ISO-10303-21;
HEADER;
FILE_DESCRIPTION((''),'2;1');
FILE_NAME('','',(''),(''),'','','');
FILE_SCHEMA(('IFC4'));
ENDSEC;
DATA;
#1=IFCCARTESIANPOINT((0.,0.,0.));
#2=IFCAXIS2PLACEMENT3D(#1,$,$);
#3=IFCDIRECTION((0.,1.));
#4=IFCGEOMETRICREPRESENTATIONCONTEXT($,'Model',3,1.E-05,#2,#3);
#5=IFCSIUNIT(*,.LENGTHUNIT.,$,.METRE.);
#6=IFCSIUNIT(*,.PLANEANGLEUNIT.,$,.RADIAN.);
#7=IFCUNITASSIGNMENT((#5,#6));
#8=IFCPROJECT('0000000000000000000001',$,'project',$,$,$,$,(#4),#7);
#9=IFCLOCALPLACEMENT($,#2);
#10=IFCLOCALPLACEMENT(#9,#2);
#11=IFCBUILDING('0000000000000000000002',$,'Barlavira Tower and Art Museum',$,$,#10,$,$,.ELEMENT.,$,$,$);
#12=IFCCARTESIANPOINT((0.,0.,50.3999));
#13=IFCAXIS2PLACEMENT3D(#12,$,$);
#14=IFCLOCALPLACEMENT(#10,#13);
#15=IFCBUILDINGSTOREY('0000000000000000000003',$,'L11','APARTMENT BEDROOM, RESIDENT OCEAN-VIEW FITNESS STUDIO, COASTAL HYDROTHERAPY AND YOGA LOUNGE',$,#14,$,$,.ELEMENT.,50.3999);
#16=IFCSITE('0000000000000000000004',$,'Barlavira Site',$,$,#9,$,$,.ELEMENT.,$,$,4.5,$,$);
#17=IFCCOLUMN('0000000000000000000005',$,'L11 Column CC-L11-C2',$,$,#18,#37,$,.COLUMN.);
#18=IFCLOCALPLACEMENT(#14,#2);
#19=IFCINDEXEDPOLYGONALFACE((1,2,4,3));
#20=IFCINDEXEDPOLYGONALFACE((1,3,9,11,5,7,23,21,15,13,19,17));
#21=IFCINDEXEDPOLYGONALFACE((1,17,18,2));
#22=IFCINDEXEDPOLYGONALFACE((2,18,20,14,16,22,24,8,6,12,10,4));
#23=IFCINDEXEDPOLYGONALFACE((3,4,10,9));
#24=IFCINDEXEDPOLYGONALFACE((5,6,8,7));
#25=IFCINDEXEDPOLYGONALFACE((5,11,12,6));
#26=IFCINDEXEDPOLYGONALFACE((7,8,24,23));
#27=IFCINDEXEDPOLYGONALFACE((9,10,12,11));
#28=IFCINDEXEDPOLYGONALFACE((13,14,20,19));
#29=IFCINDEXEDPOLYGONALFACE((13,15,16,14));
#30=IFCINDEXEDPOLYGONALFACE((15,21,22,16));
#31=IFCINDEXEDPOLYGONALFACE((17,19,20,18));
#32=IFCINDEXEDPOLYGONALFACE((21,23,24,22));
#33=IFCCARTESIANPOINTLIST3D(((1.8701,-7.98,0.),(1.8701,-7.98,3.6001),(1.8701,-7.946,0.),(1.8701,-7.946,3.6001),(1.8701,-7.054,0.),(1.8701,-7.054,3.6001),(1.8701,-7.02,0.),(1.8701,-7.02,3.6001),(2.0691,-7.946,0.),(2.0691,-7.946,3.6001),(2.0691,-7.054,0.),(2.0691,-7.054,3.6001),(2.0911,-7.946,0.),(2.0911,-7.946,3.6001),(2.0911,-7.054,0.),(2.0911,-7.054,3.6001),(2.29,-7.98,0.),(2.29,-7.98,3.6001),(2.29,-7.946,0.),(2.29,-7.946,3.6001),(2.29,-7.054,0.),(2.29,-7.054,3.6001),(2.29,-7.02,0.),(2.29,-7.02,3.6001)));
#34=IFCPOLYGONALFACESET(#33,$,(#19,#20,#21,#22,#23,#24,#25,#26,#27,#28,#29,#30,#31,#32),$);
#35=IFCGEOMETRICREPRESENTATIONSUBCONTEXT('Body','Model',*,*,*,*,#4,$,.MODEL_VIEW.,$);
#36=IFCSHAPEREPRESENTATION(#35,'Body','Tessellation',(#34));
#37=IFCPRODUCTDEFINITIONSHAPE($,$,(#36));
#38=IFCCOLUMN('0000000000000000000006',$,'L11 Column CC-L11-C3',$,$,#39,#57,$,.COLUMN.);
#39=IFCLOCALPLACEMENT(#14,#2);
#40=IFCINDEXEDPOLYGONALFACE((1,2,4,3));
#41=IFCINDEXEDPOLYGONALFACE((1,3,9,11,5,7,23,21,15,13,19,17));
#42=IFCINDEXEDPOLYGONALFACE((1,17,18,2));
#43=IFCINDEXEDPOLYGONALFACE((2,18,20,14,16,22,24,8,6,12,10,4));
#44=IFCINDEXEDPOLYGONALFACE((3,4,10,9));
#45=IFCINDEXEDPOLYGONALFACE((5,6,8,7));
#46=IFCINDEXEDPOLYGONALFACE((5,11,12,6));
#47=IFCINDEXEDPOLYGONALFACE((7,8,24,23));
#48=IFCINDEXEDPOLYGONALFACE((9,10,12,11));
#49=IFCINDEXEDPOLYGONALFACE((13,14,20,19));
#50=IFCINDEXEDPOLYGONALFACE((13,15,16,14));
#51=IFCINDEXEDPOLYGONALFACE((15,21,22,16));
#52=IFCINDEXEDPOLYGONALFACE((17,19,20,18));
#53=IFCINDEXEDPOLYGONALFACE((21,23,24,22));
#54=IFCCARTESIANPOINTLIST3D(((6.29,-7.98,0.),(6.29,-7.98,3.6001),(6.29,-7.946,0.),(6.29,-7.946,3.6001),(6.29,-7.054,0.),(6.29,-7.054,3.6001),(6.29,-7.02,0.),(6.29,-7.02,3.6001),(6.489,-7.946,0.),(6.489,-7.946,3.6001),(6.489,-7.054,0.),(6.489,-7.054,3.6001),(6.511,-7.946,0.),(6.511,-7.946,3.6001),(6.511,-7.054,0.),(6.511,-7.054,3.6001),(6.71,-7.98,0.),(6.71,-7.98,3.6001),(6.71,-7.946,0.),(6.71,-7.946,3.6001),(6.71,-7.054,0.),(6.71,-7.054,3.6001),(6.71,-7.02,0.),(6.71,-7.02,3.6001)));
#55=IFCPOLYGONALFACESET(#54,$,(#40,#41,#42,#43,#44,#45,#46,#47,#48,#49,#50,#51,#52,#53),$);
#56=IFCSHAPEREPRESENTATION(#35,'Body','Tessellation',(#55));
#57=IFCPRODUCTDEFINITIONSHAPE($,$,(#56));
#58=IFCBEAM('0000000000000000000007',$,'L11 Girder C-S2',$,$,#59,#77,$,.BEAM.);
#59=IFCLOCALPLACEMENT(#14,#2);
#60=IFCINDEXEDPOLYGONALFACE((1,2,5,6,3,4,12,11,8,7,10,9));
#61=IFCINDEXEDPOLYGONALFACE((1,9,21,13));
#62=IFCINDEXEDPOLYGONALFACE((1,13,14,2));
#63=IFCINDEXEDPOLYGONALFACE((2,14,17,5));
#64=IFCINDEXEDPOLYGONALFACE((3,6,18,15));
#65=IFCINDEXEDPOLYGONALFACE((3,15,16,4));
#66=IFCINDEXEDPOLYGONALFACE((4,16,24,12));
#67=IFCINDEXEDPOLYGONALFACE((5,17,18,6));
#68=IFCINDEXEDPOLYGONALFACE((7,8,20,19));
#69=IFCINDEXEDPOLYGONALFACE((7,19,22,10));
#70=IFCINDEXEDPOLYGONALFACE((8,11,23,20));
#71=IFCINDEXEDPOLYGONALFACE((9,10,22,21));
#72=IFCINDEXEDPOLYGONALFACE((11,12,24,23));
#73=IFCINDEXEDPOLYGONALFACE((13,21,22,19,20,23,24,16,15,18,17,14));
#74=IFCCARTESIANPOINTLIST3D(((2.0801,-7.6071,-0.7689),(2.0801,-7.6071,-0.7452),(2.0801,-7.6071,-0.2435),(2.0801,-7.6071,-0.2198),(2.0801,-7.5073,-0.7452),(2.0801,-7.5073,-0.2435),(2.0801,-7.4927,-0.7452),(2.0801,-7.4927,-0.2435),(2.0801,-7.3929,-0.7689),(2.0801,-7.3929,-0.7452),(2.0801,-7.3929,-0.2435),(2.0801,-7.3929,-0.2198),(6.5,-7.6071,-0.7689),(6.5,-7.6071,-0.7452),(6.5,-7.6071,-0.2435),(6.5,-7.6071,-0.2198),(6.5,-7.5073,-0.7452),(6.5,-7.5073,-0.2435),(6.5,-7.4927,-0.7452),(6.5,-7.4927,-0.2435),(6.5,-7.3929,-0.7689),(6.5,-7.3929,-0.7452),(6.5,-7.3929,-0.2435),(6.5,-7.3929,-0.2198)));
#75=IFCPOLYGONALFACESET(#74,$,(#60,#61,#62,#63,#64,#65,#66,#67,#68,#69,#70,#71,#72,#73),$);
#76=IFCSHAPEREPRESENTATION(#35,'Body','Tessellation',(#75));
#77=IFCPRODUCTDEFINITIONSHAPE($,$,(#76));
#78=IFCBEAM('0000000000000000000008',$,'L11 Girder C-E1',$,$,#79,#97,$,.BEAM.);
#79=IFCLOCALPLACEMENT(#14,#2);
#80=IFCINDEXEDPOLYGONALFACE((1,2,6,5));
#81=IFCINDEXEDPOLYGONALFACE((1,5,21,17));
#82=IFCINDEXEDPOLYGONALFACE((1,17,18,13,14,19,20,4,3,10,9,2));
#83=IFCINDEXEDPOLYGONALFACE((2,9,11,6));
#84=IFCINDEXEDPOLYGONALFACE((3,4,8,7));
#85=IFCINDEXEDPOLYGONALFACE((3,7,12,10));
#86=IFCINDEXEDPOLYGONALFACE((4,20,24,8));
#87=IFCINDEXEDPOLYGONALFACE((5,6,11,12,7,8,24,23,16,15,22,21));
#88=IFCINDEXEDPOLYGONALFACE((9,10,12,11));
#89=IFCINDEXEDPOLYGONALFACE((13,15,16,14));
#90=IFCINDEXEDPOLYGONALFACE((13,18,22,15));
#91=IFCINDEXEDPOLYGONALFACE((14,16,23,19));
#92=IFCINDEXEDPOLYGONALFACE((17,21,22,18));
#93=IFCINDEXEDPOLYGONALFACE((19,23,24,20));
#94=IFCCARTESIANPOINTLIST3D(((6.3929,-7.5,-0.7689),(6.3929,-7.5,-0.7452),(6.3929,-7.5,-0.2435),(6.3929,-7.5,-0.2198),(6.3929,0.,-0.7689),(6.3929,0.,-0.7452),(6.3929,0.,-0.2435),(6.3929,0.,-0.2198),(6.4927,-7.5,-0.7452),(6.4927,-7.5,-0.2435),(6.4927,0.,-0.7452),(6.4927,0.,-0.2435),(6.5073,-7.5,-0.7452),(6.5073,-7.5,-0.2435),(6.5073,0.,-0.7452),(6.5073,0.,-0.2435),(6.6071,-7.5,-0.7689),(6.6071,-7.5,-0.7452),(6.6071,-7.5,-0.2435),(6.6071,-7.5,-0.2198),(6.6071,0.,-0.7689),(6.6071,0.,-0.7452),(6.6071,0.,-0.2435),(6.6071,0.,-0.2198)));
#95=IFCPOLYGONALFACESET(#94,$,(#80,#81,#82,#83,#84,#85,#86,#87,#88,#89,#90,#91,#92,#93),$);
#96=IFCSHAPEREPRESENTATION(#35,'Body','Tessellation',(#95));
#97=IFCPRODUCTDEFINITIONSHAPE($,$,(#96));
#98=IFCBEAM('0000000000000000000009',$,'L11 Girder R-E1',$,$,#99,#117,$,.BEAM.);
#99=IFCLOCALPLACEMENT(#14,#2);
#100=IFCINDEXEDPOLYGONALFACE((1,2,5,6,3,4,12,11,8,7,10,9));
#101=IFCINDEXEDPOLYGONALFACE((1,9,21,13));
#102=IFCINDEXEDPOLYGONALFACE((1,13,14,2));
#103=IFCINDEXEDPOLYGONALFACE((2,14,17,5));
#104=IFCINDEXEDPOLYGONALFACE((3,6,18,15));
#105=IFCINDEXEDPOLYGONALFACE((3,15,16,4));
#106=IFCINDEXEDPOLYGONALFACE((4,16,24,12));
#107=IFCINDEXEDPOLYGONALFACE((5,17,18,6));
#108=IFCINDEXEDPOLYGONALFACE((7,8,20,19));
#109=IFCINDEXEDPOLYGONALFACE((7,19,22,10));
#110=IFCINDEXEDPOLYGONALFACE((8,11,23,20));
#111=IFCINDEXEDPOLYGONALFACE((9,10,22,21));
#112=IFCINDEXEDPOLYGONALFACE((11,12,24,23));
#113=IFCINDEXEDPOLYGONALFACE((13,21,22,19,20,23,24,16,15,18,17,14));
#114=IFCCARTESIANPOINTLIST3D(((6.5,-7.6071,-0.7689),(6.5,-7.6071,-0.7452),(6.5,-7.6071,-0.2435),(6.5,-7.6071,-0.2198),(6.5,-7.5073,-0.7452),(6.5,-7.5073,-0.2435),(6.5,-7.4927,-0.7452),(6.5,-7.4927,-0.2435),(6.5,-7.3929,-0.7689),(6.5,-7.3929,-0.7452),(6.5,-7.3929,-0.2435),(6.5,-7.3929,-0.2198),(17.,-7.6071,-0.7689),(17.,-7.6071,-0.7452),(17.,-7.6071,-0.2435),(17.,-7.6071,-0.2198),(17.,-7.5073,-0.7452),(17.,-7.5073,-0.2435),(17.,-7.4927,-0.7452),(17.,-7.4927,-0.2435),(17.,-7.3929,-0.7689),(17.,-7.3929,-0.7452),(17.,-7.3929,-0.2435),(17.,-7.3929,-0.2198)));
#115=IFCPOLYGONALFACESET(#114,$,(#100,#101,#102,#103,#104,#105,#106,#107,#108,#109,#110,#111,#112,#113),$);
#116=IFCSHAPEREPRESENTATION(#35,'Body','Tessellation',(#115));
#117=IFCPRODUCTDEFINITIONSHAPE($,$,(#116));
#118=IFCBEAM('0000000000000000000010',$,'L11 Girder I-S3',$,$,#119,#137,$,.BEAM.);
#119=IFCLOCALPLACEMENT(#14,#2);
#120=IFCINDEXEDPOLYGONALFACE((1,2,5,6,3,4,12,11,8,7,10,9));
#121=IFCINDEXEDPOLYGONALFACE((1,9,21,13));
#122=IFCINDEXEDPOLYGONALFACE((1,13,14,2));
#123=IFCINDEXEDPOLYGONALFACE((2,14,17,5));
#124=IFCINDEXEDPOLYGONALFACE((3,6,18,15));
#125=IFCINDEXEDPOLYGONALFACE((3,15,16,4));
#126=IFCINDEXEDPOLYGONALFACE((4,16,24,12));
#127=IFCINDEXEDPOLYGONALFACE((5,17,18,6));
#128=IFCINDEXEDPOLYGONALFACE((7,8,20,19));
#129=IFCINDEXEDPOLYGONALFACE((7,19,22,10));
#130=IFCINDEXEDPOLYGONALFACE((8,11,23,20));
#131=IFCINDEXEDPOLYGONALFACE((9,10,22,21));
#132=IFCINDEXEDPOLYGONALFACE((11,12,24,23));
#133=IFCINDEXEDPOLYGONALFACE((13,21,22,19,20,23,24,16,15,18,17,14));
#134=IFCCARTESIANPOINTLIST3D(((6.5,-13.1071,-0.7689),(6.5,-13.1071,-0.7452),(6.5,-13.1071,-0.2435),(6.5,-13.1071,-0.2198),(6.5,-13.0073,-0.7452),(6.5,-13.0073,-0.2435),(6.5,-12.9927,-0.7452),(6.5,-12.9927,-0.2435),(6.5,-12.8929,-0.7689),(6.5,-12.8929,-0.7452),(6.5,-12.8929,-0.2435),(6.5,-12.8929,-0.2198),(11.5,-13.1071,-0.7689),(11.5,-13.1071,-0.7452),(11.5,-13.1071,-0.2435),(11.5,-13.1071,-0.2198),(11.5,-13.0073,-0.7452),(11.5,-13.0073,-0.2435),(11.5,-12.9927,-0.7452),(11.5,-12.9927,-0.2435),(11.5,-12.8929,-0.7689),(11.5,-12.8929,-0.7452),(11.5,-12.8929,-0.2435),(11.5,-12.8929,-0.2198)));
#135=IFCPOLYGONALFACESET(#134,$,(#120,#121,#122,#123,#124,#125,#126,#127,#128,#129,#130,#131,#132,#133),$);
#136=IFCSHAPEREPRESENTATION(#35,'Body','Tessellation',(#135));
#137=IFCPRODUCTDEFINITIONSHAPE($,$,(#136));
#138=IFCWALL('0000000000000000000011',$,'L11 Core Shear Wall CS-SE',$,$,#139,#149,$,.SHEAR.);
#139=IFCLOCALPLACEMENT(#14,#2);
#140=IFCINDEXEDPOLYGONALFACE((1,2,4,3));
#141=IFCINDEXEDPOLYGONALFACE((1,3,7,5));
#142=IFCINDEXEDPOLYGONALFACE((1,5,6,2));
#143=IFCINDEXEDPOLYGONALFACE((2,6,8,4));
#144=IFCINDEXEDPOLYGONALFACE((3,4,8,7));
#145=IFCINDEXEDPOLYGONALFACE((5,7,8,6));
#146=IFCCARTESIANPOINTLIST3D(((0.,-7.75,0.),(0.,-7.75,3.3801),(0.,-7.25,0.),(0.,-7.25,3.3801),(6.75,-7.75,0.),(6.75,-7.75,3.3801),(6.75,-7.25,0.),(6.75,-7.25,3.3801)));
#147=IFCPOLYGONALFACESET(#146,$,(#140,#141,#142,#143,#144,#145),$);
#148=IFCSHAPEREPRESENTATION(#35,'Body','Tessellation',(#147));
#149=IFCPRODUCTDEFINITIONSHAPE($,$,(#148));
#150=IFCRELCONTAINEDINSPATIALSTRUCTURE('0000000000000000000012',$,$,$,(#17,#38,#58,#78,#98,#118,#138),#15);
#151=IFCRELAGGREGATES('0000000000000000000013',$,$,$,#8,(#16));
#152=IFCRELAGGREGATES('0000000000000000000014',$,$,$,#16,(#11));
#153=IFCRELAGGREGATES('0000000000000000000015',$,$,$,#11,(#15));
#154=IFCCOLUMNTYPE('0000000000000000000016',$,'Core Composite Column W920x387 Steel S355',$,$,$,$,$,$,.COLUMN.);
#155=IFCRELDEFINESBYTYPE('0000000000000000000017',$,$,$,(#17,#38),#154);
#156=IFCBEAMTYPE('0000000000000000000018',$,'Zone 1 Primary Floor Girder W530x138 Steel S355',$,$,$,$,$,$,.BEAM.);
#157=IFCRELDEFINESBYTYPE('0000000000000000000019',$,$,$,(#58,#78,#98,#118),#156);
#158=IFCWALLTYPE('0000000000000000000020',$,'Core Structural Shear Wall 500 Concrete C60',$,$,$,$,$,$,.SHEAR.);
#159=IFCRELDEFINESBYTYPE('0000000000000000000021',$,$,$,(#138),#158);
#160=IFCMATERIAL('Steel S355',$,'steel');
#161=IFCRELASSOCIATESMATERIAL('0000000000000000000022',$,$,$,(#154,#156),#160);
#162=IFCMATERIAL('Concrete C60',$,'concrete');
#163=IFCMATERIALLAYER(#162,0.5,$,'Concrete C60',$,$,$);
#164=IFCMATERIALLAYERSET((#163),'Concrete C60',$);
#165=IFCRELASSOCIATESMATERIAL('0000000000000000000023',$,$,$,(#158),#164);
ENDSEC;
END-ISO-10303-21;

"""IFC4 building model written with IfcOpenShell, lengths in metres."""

from ifc_helpers import new_model, si_unit, direction, frame, frame_2d, origin, origin_2d, place, context, subcontext, project, spatial, rectangle, i_section, extrude, material, layer, layer_set, material_profile, profile_set, type_object, element, save


model = new_model("IFC4")

# Units and contexts
model_context = context("Model", 3, precision=1e-05, world=origin(), true_north=direction((0.0, 1.0)))
body_context = subcontext(model_context, "Body", "Model", "MODEL_VIEW")
ifc_project = project(units=[si_unit("LENGTHUNIT", "METRE"), si_unit("PLANEANGLEUNIT", "RADIAN")], contexts=[model_context])

# Site, building, storey
site_placement = place(None, origin())
site = spatial("IfcSite", under=ifc_project, at=site_placement, Name="Barlavira Site", CompositionType="ELEMENT", RefElevation=4.5)
building_placement = place(site_placement, origin())
building = spatial("IfcBuilding", under=site, at=building_placement, Name="Barlavira Tower and Art Museum", CompositionType="ELEMENT")
storey_placement = place(building_placement, frame((0.0, 0.0, 50.3999)))
storey = spatial("IfcBuildingStorey", under=building, at=storey_placement, Name="L11", Description="APARTMENT BEDROOM, RESIDENT OCEAN-VIEW FITNESS STUDIO, COASTAL HYDROTHERAPY AND YOGA LOUNGE", CompositionType="ELEMENT", Elevation=50.3999)

# Columns
ifc_material_1 = material(Name="Steel S355", Category="steel")
ifc_material_profile_1 = material_profile(ifc_material_1, i_section(OverallWidth=0.4199, OverallDepth=0.96, WebThickness=0.022, FlangeThickness=0.0339, at=origin_2d()), Name="W920x387.0")
ifc_profile_set_1 = profile_set([ifc_material_profile_1], Name="Steel S355")
column_type = type_object("IfcColumnType", Name="Core Composite Column W920x387 Steel S355", PredefinedType="COLUMN", material=ifc_profile_set_1)
for number, where, z_axis, x_axis, name in (
    (1, (2.0801, -7.5, 0.0), (0.0, 0.0, 1.0), (1.0, 0.0, 0.0), "L11 Column CC-L11-C2"),
    (2, (6.5, -7.5, 0.0), (0.0, 0.0, 1.0), (1.0, 0.0, 0.0), "L11 Column CC-L11-C3"),
):
    element("IfcColumn", number, at=place(storey_placement, frame(where, z_axis=z_axis, x_axis=x_axis)), inside=storey, type_object=column_type, Name=name, PredefinedType="COLUMN", context=body_context, shape_type="SweptSolid", body=[
        extrude(i_section(OverallWidth=0.4199, OverallDepth=0.96, WebThickness=0.022, FlangeThickness=0.0339, at=origin_2d()), origin(), (0.0, 0.0, 1.0), 3.6001),
    ])

# Beams
ifc_material_profile_2 = material_profile(ifc_material_1, i_section(OverallWidth=0.2141, OverallDepth=0.5491, WebThickness=0.0146, FlangeThickness=0.0237, at=origin_2d()), Name="W530x138.0")
ifc_profile_set_2 = profile_set([ifc_material_profile_2], Name="Steel S355")
beam_type = type_object("IfcBeamType", Name="Zone 1 Primary Floor Girder W530x138 Steel S355", PredefinedType="BEAM", material=ifc_profile_set_2)
beam_1_placement = place(storey_placement, frame((2.0801, -7.5, -0.4944), z_axis=(1.0, 0.0, 0.0), x_axis=(0.0, 1.0, 0.0)))
element("IfcBeam", 3, at=beam_1_placement, inside=storey, type_object=beam_type, Name="L11 Girder C-S2", PredefinedType="BEAM", context=body_context, shape_type="SweptSolid", body=[
    extrude(i_section(OverallWidth=0.2141, OverallDepth=0.5491, WebThickness=0.0146, FlangeThickness=0.0237, at=origin_2d()), origin(), (0.0, 0.0, 1.0), 4.4199),
])
beam_2_placement = place(storey_placement, frame((6.5, -7.5, -0.4944), z_axis=(0.0, 1.0, 0.0), x_axis=(-1.0, 0.0, 0.0)))
element("IfcBeam", 4, at=beam_2_placement, inside=storey, type_object=beam_type, Name="L11 Girder C-E1", PredefinedType="BEAM", context=body_context, shape_type="SweptSolid", body=[
    extrude(i_section(OverallWidth=0.2141, OverallDepth=0.5491, WebThickness=0.0146, FlangeThickness=0.0237, at=origin_2d()), origin(), (0.0, 0.0, 1.0), 7.5),
])
beam_3_placement = place(storey_placement, frame((6.5, -7.5, -0.4944), z_axis=(1.0, 0.0, 0.0), x_axis=(0.0, 1.0, 0.0)))
element("IfcBeam", 5, at=beam_3_placement, inside=storey, type_object=beam_type, Name="L11 Girder R-E1", PredefinedType="BEAM", context=body_context, shape_type="SweptSolid", body=[
    extrude(i_section(OverallWidth=0.2141, OverallDepth=0.5491, WebThickness=0.0146, FlangeThickness=0.0237, at=origin_2d()), origin(), (0.0, 0.0, 1.0), 10.5),
])
beam_4_placement = place(storey_placement, frame((6.5, -13.0, -0.4944), z_axis=(1.0, 0.0, 0.0), x_axis=(0.0, 1.0, 0.0)))
element("IfcBeam", 6, at=beam_4_placement, inside=storey, type_object=beam_type, Name="L11 Girder I-S3", PredefinedType="BEAM", context=body_context, shape_type="SweptSolid", body=[
    extrude(i_section(OverallWidth=0.2141, OverallDepth=0.5491, WebThickness=0.0146, FlangeThickness=0.0237, at=origin_2d()), origin(), (0.0, 0.0, 1.0), 5.0),
])

# Wall
ifc_material_2 = material(Name="Concrete C60", Category="concrete")
ifc_layer_1 = layer(ifc_material_2, 0.5, Name="Concrete C60")
ifc_layer_set_1 = layer_set([ifc_layer_1], Name="Concrete C60")
wall_type_1 = type_object("IfcWallType", Name="Core Structural Shear Wall 500 Concrete C60", PredefinedType="SHEAR", material=ifc_layer_set_1)
wall_1_placement = place(storey_placement, frame((0.0, -7.5, 0.0), z_axis=(0.0, 0.0, 1.0), x_axis=(1.0, 0.0, 0.0)))
element("IfcWall", 7, at=wall_1_placement, inside=storey, type_object=wall_type_1, Name="L11 Core Shear Wall CS-SE", PredefinedType="SHEAR", context=body_context, shape_type="SweptSolid", body=[
    extrude(rectangle(XDim=6.75, YDim=0.5, at=frame_2d((3.375, 0.0))), origin(), (0.0, 0.0, 1.0), 3.3801),
])

save(model, "model.ifc")
